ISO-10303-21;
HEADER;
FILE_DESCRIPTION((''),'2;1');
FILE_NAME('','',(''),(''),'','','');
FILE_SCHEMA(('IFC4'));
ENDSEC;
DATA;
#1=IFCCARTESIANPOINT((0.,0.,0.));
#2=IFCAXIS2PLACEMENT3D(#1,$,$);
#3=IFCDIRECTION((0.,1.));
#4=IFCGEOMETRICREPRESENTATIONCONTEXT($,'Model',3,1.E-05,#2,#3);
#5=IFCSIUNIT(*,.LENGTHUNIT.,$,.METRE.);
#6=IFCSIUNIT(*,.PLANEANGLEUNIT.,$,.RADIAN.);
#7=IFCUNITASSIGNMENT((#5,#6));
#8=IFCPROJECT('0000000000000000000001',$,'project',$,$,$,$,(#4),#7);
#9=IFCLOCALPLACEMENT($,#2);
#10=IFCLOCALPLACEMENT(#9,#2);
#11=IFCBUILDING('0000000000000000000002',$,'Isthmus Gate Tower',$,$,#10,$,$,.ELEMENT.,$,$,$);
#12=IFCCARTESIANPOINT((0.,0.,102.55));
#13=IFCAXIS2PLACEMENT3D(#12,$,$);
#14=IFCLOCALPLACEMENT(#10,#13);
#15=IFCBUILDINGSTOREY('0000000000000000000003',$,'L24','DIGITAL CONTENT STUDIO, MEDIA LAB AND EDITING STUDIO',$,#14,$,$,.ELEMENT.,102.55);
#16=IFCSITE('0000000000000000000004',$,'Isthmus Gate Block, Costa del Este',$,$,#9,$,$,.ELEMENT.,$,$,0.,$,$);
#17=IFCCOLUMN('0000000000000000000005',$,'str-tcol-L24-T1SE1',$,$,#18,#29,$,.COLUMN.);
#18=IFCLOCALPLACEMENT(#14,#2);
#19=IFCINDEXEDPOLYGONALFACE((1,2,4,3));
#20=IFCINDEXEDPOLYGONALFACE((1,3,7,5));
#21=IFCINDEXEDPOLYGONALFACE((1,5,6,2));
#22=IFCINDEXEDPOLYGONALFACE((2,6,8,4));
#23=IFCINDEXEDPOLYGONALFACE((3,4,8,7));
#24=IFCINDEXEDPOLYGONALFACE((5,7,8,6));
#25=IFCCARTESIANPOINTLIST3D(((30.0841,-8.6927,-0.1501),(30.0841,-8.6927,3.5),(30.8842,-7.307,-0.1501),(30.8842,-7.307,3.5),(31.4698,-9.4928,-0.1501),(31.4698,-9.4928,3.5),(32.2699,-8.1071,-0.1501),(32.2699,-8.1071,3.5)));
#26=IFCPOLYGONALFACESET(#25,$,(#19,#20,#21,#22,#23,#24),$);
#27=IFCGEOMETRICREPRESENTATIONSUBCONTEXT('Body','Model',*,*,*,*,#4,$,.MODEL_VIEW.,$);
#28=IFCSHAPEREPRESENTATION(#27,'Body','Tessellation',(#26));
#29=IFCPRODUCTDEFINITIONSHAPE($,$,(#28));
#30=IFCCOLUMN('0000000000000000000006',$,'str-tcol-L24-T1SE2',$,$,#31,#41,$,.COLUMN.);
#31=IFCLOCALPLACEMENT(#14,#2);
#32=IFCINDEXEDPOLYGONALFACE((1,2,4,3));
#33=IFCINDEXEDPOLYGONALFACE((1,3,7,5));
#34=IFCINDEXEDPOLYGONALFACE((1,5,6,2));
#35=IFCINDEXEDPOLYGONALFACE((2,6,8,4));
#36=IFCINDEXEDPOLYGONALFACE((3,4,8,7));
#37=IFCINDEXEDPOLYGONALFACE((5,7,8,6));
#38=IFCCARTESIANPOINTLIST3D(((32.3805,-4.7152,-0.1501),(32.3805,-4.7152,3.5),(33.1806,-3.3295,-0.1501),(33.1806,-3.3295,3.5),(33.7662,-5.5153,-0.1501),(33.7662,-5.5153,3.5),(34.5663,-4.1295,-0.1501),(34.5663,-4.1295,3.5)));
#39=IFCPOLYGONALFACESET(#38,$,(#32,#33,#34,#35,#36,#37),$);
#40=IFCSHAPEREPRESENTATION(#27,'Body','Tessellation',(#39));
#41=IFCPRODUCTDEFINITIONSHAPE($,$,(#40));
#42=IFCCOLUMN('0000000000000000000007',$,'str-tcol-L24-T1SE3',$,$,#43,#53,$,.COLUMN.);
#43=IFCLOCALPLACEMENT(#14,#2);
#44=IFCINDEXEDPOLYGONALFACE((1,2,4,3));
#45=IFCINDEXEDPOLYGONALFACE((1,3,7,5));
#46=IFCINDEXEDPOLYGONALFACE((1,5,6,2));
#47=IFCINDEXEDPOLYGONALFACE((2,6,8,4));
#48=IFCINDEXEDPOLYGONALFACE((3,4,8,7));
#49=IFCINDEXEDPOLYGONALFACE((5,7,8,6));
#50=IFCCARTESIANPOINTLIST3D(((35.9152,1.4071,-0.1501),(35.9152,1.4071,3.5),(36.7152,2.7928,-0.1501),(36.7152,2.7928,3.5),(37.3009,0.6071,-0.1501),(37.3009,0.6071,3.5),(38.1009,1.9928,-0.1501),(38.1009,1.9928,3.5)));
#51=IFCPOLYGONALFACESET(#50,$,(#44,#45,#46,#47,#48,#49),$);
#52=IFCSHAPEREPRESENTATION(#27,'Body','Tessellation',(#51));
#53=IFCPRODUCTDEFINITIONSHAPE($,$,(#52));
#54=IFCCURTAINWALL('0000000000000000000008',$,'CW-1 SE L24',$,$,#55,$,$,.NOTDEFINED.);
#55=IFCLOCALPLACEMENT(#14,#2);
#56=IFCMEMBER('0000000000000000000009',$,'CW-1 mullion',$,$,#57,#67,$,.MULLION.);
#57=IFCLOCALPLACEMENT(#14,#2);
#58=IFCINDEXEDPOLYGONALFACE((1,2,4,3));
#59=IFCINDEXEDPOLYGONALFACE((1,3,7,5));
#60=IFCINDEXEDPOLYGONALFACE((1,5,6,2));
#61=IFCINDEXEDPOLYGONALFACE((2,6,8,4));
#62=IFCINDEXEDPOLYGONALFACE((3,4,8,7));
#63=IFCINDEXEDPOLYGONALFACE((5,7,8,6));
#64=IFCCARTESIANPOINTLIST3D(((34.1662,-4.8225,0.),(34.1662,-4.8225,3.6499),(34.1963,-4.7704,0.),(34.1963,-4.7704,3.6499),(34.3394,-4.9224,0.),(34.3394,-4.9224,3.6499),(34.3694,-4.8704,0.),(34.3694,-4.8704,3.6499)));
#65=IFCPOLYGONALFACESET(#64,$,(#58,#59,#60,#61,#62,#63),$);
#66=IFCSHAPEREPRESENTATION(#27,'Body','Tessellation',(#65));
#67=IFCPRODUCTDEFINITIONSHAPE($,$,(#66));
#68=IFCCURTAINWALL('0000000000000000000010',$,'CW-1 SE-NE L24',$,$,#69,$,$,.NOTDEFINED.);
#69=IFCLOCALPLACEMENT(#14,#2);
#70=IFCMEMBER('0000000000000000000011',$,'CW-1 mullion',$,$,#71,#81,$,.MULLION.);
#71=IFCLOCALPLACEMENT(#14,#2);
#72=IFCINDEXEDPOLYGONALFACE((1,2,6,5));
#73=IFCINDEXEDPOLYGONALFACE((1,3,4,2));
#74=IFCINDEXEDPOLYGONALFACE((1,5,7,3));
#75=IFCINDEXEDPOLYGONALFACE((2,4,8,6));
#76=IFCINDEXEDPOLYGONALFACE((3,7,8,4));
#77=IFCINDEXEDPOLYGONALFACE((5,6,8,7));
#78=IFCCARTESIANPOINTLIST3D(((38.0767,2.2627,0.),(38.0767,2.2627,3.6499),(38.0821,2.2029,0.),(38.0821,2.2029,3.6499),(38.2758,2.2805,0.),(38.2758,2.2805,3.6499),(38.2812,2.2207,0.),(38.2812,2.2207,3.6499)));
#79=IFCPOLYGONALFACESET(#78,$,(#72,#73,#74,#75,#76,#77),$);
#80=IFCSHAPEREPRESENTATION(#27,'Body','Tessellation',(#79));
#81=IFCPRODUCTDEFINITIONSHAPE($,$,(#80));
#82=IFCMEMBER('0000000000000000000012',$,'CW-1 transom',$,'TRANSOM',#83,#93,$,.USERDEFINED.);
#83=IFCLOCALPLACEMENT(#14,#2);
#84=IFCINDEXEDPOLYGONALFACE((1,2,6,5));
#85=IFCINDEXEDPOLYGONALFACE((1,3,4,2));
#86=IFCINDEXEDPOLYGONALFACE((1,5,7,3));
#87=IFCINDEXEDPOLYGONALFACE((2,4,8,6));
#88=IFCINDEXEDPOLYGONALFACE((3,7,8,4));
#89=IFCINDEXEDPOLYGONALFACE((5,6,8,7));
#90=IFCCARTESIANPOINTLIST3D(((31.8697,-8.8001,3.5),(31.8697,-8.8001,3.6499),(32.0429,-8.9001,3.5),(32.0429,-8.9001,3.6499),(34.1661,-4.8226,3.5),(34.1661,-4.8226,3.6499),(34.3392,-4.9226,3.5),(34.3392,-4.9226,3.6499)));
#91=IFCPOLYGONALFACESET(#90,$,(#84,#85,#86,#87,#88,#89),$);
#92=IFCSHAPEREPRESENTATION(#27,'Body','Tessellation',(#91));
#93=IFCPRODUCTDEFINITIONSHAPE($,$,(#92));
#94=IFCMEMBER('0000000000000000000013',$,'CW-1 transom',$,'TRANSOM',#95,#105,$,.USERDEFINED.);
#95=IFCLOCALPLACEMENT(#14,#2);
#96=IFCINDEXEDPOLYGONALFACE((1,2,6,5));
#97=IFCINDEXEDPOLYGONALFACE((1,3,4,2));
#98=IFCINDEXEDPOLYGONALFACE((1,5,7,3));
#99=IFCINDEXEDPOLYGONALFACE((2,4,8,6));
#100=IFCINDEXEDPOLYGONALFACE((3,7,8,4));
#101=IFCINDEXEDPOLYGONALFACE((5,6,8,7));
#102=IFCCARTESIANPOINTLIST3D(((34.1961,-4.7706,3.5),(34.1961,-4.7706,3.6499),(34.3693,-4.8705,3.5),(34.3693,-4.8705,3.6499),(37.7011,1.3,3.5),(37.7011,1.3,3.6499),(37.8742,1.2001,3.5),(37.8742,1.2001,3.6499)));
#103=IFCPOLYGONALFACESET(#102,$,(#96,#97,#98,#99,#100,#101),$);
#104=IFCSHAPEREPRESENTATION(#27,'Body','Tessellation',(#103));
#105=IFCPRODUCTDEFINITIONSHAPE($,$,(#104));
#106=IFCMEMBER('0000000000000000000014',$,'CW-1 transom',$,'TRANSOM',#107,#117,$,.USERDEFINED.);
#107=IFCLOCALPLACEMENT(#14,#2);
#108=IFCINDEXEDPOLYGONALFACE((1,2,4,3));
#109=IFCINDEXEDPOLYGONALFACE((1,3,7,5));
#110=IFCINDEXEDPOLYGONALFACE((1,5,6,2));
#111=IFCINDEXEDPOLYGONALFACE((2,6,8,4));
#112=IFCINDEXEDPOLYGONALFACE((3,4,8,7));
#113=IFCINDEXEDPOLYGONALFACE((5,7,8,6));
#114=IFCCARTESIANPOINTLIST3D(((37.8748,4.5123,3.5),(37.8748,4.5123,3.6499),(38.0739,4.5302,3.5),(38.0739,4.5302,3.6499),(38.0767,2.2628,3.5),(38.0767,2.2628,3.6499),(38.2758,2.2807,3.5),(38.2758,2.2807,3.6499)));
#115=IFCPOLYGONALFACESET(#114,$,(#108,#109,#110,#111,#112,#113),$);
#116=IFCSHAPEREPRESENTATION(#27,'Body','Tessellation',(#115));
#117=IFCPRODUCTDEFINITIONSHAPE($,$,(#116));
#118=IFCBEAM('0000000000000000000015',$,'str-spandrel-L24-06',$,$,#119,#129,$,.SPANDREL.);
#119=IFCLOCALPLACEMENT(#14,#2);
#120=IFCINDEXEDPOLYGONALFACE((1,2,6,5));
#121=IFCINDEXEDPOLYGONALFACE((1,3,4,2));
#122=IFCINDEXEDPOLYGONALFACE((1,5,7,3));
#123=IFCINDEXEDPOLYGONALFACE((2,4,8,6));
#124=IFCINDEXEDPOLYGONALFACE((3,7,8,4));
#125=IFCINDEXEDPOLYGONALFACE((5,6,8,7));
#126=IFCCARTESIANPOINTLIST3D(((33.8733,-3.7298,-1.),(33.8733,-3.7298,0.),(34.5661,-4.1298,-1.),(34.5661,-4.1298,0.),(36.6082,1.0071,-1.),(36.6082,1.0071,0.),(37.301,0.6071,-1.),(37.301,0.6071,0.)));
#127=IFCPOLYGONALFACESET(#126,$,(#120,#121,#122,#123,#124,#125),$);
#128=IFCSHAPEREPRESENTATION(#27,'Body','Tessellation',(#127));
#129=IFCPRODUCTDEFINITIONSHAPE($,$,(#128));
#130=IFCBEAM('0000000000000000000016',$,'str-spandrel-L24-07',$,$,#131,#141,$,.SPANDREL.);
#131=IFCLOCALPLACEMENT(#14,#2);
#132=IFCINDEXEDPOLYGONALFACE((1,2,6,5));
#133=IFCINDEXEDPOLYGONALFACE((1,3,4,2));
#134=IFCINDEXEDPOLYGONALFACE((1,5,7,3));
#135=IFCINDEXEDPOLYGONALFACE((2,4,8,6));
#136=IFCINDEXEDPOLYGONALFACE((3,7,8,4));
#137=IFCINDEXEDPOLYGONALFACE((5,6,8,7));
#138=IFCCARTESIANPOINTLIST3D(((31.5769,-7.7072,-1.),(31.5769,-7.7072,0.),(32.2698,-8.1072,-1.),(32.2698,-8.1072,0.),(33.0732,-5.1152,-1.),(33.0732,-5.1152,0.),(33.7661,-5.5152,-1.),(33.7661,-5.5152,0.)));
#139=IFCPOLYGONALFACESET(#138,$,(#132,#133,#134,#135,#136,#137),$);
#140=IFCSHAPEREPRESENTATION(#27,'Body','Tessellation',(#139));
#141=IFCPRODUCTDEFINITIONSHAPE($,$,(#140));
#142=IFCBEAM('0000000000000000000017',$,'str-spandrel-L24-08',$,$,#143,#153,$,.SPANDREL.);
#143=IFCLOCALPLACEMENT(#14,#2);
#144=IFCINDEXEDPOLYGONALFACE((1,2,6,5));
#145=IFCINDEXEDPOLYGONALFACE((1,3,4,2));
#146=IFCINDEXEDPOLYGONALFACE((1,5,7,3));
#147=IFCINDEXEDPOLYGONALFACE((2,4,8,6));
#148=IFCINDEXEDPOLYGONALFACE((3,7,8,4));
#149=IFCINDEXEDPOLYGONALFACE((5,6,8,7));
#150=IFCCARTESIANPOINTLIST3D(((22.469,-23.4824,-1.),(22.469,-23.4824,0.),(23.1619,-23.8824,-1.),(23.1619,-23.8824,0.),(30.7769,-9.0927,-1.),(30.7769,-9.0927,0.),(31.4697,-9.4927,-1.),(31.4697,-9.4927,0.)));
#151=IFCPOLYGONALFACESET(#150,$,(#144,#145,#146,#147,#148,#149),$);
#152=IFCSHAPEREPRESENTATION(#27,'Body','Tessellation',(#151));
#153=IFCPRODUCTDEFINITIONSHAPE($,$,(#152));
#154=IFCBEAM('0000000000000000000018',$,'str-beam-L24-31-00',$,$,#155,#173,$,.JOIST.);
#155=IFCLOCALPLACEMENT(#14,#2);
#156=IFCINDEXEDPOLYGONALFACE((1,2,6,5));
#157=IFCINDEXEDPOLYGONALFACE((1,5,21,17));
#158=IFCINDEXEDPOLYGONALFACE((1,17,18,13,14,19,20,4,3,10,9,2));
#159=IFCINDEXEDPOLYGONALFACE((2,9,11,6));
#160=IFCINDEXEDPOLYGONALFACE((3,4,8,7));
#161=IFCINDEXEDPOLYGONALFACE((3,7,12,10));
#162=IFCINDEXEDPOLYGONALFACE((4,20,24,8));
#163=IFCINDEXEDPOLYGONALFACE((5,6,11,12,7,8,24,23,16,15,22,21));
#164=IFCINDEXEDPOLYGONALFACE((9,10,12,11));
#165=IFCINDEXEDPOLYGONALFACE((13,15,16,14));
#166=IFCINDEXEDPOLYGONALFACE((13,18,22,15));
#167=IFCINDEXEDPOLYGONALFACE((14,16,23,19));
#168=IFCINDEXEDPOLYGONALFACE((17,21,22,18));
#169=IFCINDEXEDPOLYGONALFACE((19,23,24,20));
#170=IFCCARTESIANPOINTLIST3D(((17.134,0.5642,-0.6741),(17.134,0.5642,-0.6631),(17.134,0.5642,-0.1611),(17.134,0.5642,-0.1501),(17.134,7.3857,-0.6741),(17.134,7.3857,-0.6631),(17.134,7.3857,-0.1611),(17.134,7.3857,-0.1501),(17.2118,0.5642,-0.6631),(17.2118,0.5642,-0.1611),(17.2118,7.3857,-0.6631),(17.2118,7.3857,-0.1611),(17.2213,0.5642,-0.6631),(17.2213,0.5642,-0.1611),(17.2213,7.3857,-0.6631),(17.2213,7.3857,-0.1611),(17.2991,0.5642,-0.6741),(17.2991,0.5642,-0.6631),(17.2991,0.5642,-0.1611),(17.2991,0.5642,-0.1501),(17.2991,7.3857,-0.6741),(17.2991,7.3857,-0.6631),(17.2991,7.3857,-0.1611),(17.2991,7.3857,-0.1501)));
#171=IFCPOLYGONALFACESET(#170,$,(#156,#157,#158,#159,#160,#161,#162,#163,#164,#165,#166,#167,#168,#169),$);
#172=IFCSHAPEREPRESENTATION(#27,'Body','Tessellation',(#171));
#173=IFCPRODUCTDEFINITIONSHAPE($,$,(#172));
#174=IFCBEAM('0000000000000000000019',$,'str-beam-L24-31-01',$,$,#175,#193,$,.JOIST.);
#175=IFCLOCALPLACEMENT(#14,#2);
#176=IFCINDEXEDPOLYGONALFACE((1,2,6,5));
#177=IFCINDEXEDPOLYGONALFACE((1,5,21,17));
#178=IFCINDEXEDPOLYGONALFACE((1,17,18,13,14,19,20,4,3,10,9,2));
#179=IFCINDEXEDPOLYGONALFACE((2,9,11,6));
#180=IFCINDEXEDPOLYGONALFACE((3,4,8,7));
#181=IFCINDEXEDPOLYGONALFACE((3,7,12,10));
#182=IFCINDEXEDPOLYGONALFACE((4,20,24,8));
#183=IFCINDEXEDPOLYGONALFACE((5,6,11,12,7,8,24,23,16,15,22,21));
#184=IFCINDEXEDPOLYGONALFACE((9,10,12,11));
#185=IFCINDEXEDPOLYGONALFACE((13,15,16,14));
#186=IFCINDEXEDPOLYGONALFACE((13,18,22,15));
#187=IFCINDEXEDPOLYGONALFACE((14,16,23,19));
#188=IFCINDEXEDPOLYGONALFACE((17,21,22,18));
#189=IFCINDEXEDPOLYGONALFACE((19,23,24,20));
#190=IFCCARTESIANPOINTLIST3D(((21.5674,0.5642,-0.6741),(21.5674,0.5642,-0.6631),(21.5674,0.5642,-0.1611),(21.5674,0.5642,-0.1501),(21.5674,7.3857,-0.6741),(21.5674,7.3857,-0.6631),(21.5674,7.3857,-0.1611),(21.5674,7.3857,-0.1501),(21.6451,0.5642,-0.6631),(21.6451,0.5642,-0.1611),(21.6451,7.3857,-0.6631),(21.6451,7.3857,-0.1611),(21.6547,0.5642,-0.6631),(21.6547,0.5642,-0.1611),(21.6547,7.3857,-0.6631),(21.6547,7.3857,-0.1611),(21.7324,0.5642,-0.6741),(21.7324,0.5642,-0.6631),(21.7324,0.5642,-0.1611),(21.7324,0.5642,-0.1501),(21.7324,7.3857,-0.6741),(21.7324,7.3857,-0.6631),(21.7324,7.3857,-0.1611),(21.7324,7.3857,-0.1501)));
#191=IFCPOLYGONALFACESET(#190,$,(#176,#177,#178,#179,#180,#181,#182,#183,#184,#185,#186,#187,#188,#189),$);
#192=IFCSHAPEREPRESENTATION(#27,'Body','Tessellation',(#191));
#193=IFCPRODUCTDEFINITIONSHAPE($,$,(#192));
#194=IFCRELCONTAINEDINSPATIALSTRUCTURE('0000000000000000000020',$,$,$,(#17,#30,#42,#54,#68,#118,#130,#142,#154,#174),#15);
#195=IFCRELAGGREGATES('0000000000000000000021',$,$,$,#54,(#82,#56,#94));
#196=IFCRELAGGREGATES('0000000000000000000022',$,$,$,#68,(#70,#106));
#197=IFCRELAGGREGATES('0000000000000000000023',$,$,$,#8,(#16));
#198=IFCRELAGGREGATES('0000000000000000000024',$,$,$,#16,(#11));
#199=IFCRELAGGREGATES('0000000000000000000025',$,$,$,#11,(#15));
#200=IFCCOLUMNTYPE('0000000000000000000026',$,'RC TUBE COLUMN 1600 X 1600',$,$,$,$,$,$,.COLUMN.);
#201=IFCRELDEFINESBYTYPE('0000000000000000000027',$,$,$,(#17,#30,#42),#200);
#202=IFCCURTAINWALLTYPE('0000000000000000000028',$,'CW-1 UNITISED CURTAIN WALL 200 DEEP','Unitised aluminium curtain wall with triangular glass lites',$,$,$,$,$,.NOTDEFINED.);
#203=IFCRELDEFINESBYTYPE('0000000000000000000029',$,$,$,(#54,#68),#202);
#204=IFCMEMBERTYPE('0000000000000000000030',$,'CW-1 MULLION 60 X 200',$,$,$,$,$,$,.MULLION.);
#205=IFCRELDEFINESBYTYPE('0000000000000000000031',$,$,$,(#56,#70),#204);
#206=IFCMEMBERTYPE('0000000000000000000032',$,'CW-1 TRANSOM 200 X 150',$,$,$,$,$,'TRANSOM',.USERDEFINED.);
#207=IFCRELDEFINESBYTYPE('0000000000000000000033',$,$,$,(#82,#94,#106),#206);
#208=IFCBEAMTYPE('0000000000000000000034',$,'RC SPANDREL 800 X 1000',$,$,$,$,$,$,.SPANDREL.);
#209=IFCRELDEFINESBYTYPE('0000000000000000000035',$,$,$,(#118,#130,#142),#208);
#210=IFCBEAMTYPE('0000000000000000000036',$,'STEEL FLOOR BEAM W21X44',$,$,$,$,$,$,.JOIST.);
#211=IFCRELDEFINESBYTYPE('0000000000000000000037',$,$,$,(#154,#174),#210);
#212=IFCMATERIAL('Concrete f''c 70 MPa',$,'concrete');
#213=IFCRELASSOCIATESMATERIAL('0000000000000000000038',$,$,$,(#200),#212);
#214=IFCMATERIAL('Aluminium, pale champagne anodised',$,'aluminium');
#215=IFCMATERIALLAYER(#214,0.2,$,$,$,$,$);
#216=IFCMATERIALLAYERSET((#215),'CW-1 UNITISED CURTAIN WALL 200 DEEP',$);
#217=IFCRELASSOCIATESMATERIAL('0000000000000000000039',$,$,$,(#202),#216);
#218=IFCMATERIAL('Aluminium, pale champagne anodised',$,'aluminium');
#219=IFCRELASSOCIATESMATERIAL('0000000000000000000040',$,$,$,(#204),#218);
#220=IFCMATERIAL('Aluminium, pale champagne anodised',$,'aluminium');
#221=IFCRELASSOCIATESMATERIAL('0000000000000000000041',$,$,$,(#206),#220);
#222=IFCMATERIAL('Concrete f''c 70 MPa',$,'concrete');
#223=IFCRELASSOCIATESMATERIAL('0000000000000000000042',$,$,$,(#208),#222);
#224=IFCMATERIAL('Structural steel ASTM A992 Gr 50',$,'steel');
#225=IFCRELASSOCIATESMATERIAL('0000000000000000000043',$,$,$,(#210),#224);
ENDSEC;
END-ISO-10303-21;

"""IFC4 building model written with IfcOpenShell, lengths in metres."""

from ifc_helpers import new_model, si_unit, direction, frame, origin, origin_2d, place, context, subcontext, project, spatial, rectangle, i_section, extrude, material, layer, layer_set, material_profile, profile_set, type_object, element, aggregate, save


model = new_model("IFC4")

# Units and contexts
model_context = context("Model", 3, precision=1e-05, world=origin(), true_north=direction((0.0, 1.0)))
body_context = subcontext(model_context, "Body", "Model", "MODEL_VIEW")
ifc_project = project(units=[si_unit("LENGTHUNIT", "METRE"), si_unit("PLANEANGLEUNIT", "RADIAN")], contexts=[model_context])

# Site, building, storey
site_placement = place(None, origin())
site = spatial("IfcSite", under=ifc_project, at=site_placement, Name="Isthmus Gate Block, Costa del Este", CompositionType="ELEMENT", RefElevation=0.0)
building_placement = place(site_placement, origin())
building = spatial("IfcBuilding", under=site, at=building_placement, Name="Isthmus Gate Tower", CompositionType="ELEMENT")
storey_placement = place(building_placement, frame((0.0, 0.0, 102.55)))
storey = spatial("IfcBuildingStorey", under=building, at=storey_placement, Name="L24", Description="DIGITAL CONTENT STUDIO, MEDIA LAB AND EDITING STUDIO", CompositionType="ELEMENT", Elevation=102.55)

# Columns
ifc_material_1 = material(Name="Concrete f'c 70 MPa", Category="concrete")
ifc_material_profile_1 = material_profile(ifc_material_1, rectangle(XDim=1.6001, YDim=1.6001, at=origin_2d()), Name="RC 1600X1600")
ifc_profile_set_1 = profile_set([ifc_material_profile_1], Name="Concrete f'c 70 MPa")
column_type = type_object("IfcColumnType", Name="RC TUBE COLUMN 1600 X 1600", PredefinedType="COLUMN", material=ifc_profile_set_1)
for number, where, z_axis, x_axis, name in (
    (1, (31.177, -8.3999, -0.1501), (0.0, 0.0, 1.0), (0.5, 0.866025, 0.0), "str-tcol-L24-T1SE1"),
    (2, (33.4734, -4.4224, -0.1501), (0.0, 0.0, 1.0), (0.5, 0.866025, 0.0), "str-tcol-L24-T1SE2"),
    (3, (37.0081, 1.7, -0.1501), (0.0, 0.0, 1.0), (0.5, 0.866025, 0.0), "str-tcol-L24-T1SE3"),
):
    element("IfcColumn", number, at=place(storey_placement, frame(where, z_axis=z_axis, x_axis=x_axis)), inside=storey, type_object=column_type, Name=name, PredefinedType="COLUMN", context=body_context, shape_type="SweptSolid", body=[
        extrude(rectangle(XDim=1.6001, YDim=1.6001, at=origin_2d()), origin(), (0.0, 0.0, 1.0), 3.6501),
    ])

# Curtain walls, members
ifc_material_2 = material(Name="Aluminium, pale champagne anodised", Category="aluminium")
ifc_layer_1 = layer(ifc_material_2, 0.2)
ifc_layer_set_1 = layer_set([ifc_layer_1], Name="CW-1 UNITISED CURTAIN WALL 200 DEEP")
curtain_wall_type = type_object("IfcCurtainWallType", Name="CW-1 UNITISED CURTAIN WALL 200 DEEP", Description="Unitised aluminium curtain wall with triangular glass lites", PredefinedType="NOTDEFINED", material=ifc_layer_set_1)
curtain_wall_1_placement = place(storey_placement, origin())
curtain_wall_1 = element("IfcCurtainWall", 4, at=curtain_wall_1_placement, inside=storey, type_object=curtain_wall_type, Name="CW-1 SE L24", PredefinedType="NOTDEFINED")
ifc_material_3 = material(Name="Aluminium, pale champagne anodised", Category="aluminium")
ifc_material_profile_2 = material_profile(ifc_material_3, rectangle(XDim=0.0601, YDim=0.2, at=origin_2d()), Name="60x200")
ifc_profile_set_2 = profile_set([ifc_material_profile_2], Name="Aluminium, pale champagne anodised")
member_type_1 = type_object("IfcMemberType", Name="CW-1 MULLION 60 X 200", PredefinedType="MULLION", material=ifc_profile_set_2)
member_1_placement = place(storey_placement, frame((34.2678, -4.8464, 0.0), z_axis=(0.0, 0.0, 1.0), x_axis=(0.5, 0.866025, 0.0)))
member_1 = element("IfcMember", 5, at=member_1_placement, type_object=member_type_1, Name="CW-1 mullion", PredefinedType="MULLION", context=body_context, shape_type="SweptSolid", body=[
    extrude(rectangle(XDim=0.0601, YDim=0.2, at=origin_2d()), origin(), (0.0, 0.0, 1.0), 3.6499),
])
curtain_wall_2_placement = place(storey_placement, origin())
curtain_wall_2 = element("IfcCurtainWall", 6, at=curtain_wall_2_placement, inside=storey, type_object=curtain_wall_type, Name="CW-1 SE-NE L24", PredefinedType="NOTDEFINED")
member_2_placement = place(storey_placement, frame((38.179, 2.2417, 0.0), z_axis=(0.0, 0.0, 1.0), x_axis=(-0.089397, 0.995996, 0.0)))
member_2 = element("IfcMember", 7, at=member_2_placement, type_object=member_type_1, Name="CW-1 mullion", PredefinedType="MULLION", context=body_context, shape_type="SweptSolid", body=[
    extrude(rectangle(XDim=0.0601, YDim=0.2, at=origin_2d()), origin(), (0.0, 0.0, 1.0), 3.6499),
])

# Members
ifc_material_4 = material(Name="Aluminium, pale champagne anodised", Category="aluminium")
ifc_material_profile_3 = material_profile(ifc_material_4, rectangle(XDim=0.2, YDim=0.1499, at=origin_2d()), Name="200x150")
ifc_profile_set_3 = profile_set([ifc_material_profile_3], Name="Aluminium, pale champagne anodised")
member_type_2 = type_object("IfcMemberType", Name="CW-1 TRANSOM 200 X 150", ElementType="TRANSOM", PredefinedType="USERDEFINED", material=ifc_profile_set_3)
member_3_placement = place(storey_placement, frame((31.9563, -8.8501, 3.575), z_axis=(0.499992, 0.86603, 0.0), x_axis=(-0.86603, 0.499992, 0.0)))
member_3 = element("IfcMember", 8, at=member_3_placement, type_object=member_type_2, Name="CW-1 transom", ObjectType="TRANSOM", PredefinedType="USERDEFINED", context=body_context, shape_type="SweptSolid", body=[
    extrude(rectangle(XDim=0.2, YDim=0.1499, at=origin_2d()), origin(), (0.0, 0.0, 1.0), 4.5928),
])
member_4_placement = place(storey_placement, frame((34.2827, -4.8206, 3.575), z_axis=(0.500005, 0.866023, 0.0), x_axis=(-0.866023, 0.500005, 0.0)))
member_4 = element("IfcMember", 9, at=member_4_placement, type_object=member_type_2, Name="CW-1 transom", ObjectType="TRANSOM", PredefinedType="USERDEFINED", context=body_context, shape_type="SweptSolid", body=[
    extrude(rectangle(XDim=0.2, YDim=0.1499, at=origin_2d()), origin(), (0.0, 0.0, 1.0), 7.0098),
])
member_5_placement = place(storey_placement, frame((38.1763, 2.2717, 3.575), z_axis=(-0.089395, 0.995996, 0.0), x_axis=(-0.995996, -0.089395, 0.0)))
member_5 = element("IfcMember", 10, at=member_5_placement, type_object=member_type_2, Name="CW-1 transom", ObjectType="TRANSOM", PredefinedType="USERDEFINED", context=body_context, shape_type="SweptSolid", body=[
    extrude(rectangle(XDim=0.2, YDim=0.1499, at=origin_2d()), origin(), (0.0, 0.0, 1.0), 2.2585),
])

# Beams
ifc_material_5 = material(Name="Concrete f'c 70 MPa", Category="concrete")
ifc_material_profile_4 = material_profile(ifc_material_5, rectangle(XDim=0.8, YDim=1.0, at=origin_2d()), Name="RC 800X1000")
ifc_profile_set_4 = profile_set([ifc_material_profile_4], Name="Concrete f'c 70 MPa")
beam_type_1 = type_object("IfcBeamType", Name="RC SPANDREL 800 X 1000", PredefinedType="SPANDREL", material=ifc_profile_set_4)
beam_1_placement = place(storey_placement, frame((36.9546, 0.8071, -0.5), z_axis=(-0.500008, -0.866021, 0.0), x_axis=(0.866021, -0.500008, 0.0)))
element("IfcBeam", 11, at=beam_1_placement, inside=storey, type_object=beam_type_1, Name="str-spandrel-L24-06", PredefinedType="SPANDREL", context=body_context, shape_type="SweptSolid", body=[
    extrude(rectangle(XDim=0.8, YDim=1.0, at=origin_2d()), origin(), (0.0, 0.0, 1.0), 5.4697),
])
beam_2_placement = place(storey_placement, frame((33.4197, -5.3152, -0.5), z_axis=(-0.499955, -0.866051, 0.0), x_axis=(0.866051, -0.499955, 0.0)))
element("IfcBeam", 12, at=beam_2_placement, inside=storey, type_object=beam_type_1, Name="str-spandrel-L24-07", PredefinedType="SPANDREL", context=body_context, shape_type="SweptSolid", body=[
    extrude(rectangle(XDim=0.8, YDim=1.0, at=origin_2d()), origin(), (0.0, 0.0, 1.0), 2.9929),
])
beam_3_placement = place(storey_placement, frame((31.1233, -9.2927, -0.5), z_axis=(-0.5, -0.866026, 0.0), x_axis=(0.866026, -0.5, 0.0)))
element("IfcBeam", 13, at=beam_3_placement, inside=storey, type_object=beam_type_1, Name="str-spandrel-L24-08", PredefinedType="SPANDREL", context=body_context, shape_type="SweptSolid", body=[
    extrude(rectangle(XDim=0.8, YDim=1.0, at=origin_2d()), origin(), (0.0, 0.0, 1.0), 16.6157),
])
ifc_material_6 = material(Name="Structural steel ASTM A992 Gr 50", Category="steel")
ifc_material_profile_5 = material_profile(ifc_material_6, i_section(OverallWidth=0.165, OverallDepth=0.5239, WebThickness=0.0095, FlangeThickness=0.011, at=origin_2d()), Name="W21X44")
ifc_profile_set_5 = profile_set([ifc_material_profile_5], Name="Structural steel ASTM A992 Gr 50")
beam_type_2 = type_object("IfcBeamType", Name="STEEL FLOOR BEAM W21X44", PredefinedType="JOIST", material=ifc_profile_set_5)
for number, where, z_axis, x_axis, name in (
    (14, (17.2166, 0.5642, -0.4121), (0.0, 1.0, 0.0), (-1.0, 0.0, 0.0), "str-beam-L24-31-00"),
    (15, (21.6499, 0.5642, -0.4121), (0.0, 1.0, 0.0), (-1.0, 0.0, 0.0), "str-beam-L24-31-01"),
):
    element("IfcBeam", number, at=place(storey_placement, frame(where, z_axis=z_axis, x_axis=x_axis)), inside=storey, type_object=beam_type_2, Name=name, PredefinedType="JOIST", context=body_context, shape_type="SweptSolid", body=[
        extrude(i_section(OverallWidth=0.165, OverallDepth=0.5239, WebThickness=0.0095, FlangeThickness=0.011, at=origin_2d()), origin(), (0.0, 0.0, 1.0), 6.8215),
    ])

aggregate(curtain_wall_1, [member_3, member_1, member_4])
aggregate(curtain_wall_2, [member_2, member_5])

save(model, "model.ifc")
